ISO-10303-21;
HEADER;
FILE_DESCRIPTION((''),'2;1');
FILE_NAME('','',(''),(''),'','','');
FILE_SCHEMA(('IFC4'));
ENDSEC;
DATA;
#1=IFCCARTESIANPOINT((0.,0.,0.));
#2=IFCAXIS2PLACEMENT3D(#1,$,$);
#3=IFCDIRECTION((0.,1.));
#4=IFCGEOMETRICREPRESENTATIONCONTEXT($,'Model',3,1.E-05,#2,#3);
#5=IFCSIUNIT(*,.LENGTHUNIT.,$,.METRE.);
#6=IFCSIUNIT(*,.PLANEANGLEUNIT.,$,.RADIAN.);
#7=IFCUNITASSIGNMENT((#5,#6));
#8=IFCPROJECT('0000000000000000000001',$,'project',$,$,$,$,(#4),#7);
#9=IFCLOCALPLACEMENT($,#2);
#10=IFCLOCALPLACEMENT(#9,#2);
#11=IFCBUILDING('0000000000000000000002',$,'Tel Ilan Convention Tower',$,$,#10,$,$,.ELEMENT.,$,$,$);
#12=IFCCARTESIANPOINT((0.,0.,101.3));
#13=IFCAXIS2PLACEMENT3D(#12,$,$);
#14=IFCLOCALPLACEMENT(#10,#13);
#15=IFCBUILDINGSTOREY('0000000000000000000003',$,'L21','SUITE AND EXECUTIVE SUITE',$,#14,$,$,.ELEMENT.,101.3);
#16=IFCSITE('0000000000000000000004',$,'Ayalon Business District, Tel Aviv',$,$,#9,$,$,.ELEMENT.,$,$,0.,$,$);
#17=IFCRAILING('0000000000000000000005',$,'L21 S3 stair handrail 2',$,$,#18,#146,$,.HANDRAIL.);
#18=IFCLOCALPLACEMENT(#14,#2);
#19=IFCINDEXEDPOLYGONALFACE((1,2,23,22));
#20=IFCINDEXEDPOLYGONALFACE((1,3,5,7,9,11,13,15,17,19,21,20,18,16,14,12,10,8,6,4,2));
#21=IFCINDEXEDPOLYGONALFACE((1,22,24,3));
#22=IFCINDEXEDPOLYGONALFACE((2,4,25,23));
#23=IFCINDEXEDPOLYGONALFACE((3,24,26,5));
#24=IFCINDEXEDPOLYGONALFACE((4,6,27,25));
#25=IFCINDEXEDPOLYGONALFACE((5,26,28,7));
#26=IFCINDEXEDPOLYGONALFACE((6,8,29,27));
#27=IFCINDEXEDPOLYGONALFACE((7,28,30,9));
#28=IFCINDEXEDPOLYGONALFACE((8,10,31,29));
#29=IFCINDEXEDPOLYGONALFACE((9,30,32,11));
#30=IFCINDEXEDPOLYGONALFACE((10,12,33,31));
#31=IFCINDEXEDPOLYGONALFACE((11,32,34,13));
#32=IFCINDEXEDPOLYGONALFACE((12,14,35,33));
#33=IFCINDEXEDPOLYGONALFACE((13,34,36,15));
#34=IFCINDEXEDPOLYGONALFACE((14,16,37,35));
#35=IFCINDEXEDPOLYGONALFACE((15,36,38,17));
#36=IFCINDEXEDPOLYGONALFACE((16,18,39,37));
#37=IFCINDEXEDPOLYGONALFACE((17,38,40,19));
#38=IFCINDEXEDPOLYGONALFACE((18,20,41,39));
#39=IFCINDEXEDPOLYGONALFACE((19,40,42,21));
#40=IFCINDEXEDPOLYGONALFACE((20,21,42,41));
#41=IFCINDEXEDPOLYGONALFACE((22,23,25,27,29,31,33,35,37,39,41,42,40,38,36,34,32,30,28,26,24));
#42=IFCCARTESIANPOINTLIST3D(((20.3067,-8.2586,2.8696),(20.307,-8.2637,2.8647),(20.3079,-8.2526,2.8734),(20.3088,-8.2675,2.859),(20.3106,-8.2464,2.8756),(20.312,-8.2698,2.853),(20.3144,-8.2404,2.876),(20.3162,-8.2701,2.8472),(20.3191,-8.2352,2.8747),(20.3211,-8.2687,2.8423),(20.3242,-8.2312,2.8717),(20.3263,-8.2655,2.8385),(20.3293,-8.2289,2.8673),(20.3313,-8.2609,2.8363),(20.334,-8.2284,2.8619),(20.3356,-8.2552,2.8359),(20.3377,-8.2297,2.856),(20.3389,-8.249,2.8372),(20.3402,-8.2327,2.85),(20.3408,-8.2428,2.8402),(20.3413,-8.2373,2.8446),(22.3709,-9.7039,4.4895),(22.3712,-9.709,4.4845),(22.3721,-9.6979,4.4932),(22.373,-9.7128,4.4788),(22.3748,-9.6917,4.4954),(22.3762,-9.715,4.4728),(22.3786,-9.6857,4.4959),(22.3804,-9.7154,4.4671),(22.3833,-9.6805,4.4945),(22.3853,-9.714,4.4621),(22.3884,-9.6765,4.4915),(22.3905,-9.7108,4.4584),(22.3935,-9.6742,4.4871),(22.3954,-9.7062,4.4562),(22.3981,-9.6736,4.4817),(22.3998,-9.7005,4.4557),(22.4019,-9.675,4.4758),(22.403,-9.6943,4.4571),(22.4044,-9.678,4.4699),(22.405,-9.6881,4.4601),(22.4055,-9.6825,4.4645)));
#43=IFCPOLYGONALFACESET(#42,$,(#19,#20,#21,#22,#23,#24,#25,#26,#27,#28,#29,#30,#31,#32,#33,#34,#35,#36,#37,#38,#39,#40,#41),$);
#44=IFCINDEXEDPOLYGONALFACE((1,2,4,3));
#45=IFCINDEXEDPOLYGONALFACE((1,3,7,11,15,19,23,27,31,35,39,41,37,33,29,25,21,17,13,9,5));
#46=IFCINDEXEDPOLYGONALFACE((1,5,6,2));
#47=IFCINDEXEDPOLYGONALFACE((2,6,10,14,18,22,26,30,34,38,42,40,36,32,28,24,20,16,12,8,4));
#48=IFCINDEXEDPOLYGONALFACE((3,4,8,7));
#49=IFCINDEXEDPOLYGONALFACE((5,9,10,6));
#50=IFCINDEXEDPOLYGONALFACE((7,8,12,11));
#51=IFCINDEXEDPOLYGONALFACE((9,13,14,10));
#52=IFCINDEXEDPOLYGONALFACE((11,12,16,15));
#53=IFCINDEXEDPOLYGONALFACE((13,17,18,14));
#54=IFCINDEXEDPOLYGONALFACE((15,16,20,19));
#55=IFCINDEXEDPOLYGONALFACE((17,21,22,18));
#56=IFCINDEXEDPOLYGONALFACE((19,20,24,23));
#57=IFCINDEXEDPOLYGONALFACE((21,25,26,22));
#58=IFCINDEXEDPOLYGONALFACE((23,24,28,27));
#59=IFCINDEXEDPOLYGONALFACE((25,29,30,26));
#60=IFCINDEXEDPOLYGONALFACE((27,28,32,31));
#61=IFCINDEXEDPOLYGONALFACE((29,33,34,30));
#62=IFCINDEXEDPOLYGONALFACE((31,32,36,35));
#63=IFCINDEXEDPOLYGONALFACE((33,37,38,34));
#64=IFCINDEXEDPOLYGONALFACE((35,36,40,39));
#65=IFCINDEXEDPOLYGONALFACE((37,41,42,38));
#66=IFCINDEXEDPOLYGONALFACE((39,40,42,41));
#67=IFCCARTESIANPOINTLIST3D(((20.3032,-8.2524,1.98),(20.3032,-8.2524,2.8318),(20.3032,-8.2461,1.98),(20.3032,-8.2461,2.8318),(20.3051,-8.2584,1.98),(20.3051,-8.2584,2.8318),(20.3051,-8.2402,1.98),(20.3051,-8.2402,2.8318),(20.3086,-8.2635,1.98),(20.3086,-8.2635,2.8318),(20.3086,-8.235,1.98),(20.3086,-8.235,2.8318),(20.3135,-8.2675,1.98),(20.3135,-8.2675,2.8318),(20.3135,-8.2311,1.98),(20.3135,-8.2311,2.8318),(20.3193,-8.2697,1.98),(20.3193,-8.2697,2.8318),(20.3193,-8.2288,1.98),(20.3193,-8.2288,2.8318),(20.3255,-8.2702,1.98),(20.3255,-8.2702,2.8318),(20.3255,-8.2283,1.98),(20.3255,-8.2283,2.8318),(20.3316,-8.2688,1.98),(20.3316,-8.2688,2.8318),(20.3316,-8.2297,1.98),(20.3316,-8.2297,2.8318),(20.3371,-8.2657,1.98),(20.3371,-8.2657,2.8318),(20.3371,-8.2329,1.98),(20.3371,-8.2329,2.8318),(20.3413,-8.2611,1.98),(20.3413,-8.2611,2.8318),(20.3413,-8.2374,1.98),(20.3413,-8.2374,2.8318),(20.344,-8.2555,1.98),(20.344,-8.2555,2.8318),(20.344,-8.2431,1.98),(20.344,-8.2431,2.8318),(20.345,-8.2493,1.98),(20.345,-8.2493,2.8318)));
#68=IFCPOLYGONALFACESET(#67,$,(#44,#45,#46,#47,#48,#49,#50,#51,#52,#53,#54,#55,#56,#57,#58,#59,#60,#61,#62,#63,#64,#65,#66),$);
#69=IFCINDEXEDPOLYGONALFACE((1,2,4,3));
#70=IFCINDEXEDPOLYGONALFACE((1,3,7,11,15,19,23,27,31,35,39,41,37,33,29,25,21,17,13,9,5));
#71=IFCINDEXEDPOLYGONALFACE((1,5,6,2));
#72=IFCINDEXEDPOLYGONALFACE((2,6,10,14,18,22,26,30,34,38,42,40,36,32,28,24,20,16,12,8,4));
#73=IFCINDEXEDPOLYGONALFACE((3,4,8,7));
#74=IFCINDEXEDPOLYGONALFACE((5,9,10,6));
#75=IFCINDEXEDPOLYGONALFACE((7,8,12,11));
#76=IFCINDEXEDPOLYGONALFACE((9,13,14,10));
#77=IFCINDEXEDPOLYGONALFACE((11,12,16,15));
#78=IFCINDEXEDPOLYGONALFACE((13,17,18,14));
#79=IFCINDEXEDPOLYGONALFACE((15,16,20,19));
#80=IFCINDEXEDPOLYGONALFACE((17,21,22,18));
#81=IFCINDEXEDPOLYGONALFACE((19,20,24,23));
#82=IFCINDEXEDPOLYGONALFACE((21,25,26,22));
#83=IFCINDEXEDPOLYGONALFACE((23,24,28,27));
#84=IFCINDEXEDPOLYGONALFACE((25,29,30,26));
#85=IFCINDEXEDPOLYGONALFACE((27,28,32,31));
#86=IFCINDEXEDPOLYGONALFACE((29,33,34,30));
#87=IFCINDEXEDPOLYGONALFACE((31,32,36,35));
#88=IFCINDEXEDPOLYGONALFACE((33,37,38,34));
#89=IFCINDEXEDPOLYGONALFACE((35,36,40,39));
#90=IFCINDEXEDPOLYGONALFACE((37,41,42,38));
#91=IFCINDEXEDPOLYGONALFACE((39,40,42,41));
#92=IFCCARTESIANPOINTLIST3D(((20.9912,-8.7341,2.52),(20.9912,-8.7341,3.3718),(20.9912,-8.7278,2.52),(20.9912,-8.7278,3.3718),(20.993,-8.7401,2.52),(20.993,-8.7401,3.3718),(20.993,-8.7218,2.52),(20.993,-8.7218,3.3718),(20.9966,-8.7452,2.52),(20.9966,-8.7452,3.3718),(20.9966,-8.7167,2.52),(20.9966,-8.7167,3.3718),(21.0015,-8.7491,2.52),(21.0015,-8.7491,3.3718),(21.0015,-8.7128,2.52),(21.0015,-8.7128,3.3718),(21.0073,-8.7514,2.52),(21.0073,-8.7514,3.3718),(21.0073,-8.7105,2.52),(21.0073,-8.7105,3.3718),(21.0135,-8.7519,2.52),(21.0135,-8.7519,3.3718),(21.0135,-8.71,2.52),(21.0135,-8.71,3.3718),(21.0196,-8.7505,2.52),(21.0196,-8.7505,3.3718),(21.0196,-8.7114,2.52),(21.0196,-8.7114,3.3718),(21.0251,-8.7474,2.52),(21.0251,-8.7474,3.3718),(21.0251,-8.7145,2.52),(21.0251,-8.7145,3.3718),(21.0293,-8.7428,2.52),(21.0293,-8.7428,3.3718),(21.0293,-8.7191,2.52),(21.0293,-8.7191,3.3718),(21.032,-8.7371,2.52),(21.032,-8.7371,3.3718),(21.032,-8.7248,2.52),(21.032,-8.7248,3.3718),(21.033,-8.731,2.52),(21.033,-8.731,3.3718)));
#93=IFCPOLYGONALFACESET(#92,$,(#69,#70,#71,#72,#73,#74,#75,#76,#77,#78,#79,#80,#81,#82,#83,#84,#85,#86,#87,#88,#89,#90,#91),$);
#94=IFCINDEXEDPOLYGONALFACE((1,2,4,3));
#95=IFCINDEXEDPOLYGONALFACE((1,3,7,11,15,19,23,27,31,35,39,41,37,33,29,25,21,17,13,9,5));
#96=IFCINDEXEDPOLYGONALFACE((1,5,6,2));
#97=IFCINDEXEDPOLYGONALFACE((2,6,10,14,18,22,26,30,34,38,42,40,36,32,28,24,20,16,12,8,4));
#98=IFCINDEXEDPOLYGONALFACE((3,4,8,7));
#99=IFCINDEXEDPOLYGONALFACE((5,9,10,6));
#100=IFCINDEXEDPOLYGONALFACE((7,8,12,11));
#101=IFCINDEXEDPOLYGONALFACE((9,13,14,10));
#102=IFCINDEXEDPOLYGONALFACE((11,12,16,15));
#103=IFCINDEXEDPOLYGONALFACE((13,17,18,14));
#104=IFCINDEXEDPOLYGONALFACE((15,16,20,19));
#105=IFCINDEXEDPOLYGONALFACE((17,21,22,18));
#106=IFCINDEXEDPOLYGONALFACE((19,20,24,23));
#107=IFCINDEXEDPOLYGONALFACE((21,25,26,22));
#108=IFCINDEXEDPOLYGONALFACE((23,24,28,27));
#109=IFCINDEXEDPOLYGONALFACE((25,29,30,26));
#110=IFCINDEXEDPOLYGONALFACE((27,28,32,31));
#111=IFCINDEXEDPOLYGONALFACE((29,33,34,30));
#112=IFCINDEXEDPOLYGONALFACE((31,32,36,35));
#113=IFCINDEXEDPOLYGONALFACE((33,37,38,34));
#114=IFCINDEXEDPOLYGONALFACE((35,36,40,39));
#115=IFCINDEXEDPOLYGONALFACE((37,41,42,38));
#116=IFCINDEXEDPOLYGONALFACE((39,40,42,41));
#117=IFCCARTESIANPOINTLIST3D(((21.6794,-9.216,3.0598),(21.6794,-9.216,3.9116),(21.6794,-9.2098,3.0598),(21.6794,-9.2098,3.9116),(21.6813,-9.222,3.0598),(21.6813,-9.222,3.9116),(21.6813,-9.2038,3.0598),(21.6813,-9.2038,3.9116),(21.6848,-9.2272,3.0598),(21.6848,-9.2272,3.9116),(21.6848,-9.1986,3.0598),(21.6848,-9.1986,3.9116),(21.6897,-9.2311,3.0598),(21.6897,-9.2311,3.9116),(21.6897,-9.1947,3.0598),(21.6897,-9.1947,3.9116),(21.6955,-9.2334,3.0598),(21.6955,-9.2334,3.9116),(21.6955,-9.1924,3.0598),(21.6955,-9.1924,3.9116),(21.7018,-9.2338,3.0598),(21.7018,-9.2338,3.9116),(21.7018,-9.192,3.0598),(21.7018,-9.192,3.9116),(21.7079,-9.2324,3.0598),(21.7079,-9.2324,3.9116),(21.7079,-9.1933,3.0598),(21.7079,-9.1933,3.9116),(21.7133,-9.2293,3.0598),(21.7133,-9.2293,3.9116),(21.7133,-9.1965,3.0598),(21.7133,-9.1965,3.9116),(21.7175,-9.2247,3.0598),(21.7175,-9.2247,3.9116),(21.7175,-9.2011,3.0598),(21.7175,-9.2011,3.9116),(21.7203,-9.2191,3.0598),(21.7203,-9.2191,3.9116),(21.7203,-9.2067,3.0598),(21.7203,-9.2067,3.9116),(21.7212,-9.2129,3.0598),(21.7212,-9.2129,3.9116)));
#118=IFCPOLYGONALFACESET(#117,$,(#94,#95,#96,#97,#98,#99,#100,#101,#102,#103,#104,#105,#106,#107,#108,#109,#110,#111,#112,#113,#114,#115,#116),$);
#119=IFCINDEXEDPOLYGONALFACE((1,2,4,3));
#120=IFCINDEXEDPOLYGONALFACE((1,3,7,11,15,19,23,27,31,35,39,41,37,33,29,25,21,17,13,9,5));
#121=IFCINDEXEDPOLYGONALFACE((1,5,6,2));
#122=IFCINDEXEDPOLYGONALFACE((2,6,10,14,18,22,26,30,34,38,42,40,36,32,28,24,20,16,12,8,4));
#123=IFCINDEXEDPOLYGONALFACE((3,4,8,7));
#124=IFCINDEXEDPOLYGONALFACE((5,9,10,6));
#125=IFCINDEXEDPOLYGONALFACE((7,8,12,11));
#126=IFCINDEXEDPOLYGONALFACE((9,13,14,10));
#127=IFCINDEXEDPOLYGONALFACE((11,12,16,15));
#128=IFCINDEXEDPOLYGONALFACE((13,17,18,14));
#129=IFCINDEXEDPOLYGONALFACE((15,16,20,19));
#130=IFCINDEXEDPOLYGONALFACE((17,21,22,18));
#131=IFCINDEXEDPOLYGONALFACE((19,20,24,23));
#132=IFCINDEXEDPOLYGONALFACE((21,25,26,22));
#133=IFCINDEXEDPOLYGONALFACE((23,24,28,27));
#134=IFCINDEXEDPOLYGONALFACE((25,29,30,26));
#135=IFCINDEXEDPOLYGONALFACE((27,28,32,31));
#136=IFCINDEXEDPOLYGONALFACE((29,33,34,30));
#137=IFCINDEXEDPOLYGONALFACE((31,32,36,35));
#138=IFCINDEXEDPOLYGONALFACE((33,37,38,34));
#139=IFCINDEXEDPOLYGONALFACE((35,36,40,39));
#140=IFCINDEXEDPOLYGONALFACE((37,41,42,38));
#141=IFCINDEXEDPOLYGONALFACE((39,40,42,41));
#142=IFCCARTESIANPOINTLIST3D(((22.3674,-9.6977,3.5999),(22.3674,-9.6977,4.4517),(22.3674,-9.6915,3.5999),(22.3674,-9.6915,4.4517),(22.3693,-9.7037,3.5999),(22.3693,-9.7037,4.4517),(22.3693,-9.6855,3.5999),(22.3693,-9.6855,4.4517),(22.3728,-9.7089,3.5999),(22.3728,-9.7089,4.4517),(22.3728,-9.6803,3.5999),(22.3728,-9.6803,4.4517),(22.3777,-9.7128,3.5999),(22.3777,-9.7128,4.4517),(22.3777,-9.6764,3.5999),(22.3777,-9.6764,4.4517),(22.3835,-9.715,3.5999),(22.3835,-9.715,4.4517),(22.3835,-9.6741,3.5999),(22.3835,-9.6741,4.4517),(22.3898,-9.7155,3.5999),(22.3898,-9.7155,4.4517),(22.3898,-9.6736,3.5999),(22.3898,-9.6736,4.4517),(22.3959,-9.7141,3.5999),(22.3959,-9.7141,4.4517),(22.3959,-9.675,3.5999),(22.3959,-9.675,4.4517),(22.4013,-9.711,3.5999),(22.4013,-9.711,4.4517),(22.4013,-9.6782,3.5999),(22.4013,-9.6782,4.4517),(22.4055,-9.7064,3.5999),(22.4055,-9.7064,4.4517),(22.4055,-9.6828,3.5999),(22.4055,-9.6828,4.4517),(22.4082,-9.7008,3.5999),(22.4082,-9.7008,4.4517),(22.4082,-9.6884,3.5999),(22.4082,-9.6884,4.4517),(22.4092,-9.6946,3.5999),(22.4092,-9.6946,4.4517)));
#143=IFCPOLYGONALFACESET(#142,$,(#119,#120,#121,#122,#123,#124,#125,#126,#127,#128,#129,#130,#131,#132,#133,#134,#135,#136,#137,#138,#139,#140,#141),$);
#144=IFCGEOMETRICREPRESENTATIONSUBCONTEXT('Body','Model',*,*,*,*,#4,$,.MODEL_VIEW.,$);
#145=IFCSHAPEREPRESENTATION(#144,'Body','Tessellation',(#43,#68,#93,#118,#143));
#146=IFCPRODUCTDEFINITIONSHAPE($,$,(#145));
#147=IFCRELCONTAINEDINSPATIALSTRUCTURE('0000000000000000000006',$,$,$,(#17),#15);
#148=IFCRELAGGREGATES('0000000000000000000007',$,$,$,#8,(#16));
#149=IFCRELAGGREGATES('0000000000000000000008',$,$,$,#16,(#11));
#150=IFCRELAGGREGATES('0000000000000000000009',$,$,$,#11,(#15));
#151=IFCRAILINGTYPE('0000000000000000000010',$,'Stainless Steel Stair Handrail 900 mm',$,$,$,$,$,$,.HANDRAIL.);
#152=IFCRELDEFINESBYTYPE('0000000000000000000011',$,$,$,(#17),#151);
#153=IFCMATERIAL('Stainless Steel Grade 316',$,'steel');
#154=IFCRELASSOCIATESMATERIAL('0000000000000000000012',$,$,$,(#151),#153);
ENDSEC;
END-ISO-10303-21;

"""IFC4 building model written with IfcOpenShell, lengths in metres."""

from ifc_helpers import new_model, si_unit, direction, frame, origin, origin_2d, place, context, subcontext, project, spatial, circle, extrude, material, type_object, element, save


model = new_model("IFC4")

# Units and contexts
model_context = context("Model", 3, precision=1e-05, world=origin(), true_north=direction((0.0, 1.0)))
body_context = subcontext(model_context, "Body", "Model", "MODEL_VIEW")
ifc_project = project(units=[si_unit("LENGTHUNIT", "METRE"), si_unit("PLANEANGLEUNIT", "RADIAN")], contexts=[model_context])

# Site, building, storey
site_placement = place(None, origin())
site = spatial("IfcSite", under=ifc_project, at=site_placement, Name="Ayalon Business District, Tel Aviv", CompositionType="ELEMENT", RefElevation=0.0)
building_placement = place(site_placement, origin())
building = spatial("IfcBuilding", under=site, at=building_placement, Name="Tel Ilan Convention Tower", CompositionType="ELEMENT")
storey_placement = place(building_placement, frame((0.0, 0.0, 101.3)))
storey = spatial("IfcBuildingStorey", under=building, at=storey_placement, Name="L21", Description="SUITE AND EXECUTIVE SUITE", CompositionType="ELEMENT", Elevation=101.3)

# Railing
ifc_material_1 = material(Name="Stainless Steel Grade 316", Category="steel")
railing_type_1 = type_object("IfcRailingType", Name="Stainless Steel Stair Handrail 900 mm", PredefinedType="HANDRAIL", material=ifc_material_1)
railing_1_placement = place(storey_placement, frame((20.324, -8.2493, 1.98)))
element("IfcRailing", 1, at=railing_1_placement, inside=storey, type_object=railing_type_1, Name="L21 S3 stair handrail 2", PredefinedType="HANDRAIL", context=body_context, shape_type="SweptSolid", body=[
    extrude(circle(Radius=0.0239, at=origin_2d()), frame((0.0, 0.0, 0.876), z_axis=(0.68907, -0.482472, 0.540743), x_axis=(0.57356, 0.819164, 0.0)), (0.0, 0.0, 1.0), 2.9956),
    extrude(circle(Radius=0.021, at=origin_2d()), origin(), (0.0, 0.0, 1.0), 0.8518),
    extrude(circle(Radius=0.021, at=origin_2d()), frame((0.688, -0.4817, 0.54)), (0.0, 0.0, 1.0), 0.8518),
    extrude(circle(Radius=0.021, at=origin_2d()), frame((1.3762, -0.9636, 1.0798)), (0.0, 0.0, 1.0), 0.8518),
    extrude(circle(Radius=0.021, at=origin_2d()), frame((2.0642, -1.4453, 1.6199)), (0.0, 0.0, 1.0), 0.8518),
])

save(model, "model.ifc")
